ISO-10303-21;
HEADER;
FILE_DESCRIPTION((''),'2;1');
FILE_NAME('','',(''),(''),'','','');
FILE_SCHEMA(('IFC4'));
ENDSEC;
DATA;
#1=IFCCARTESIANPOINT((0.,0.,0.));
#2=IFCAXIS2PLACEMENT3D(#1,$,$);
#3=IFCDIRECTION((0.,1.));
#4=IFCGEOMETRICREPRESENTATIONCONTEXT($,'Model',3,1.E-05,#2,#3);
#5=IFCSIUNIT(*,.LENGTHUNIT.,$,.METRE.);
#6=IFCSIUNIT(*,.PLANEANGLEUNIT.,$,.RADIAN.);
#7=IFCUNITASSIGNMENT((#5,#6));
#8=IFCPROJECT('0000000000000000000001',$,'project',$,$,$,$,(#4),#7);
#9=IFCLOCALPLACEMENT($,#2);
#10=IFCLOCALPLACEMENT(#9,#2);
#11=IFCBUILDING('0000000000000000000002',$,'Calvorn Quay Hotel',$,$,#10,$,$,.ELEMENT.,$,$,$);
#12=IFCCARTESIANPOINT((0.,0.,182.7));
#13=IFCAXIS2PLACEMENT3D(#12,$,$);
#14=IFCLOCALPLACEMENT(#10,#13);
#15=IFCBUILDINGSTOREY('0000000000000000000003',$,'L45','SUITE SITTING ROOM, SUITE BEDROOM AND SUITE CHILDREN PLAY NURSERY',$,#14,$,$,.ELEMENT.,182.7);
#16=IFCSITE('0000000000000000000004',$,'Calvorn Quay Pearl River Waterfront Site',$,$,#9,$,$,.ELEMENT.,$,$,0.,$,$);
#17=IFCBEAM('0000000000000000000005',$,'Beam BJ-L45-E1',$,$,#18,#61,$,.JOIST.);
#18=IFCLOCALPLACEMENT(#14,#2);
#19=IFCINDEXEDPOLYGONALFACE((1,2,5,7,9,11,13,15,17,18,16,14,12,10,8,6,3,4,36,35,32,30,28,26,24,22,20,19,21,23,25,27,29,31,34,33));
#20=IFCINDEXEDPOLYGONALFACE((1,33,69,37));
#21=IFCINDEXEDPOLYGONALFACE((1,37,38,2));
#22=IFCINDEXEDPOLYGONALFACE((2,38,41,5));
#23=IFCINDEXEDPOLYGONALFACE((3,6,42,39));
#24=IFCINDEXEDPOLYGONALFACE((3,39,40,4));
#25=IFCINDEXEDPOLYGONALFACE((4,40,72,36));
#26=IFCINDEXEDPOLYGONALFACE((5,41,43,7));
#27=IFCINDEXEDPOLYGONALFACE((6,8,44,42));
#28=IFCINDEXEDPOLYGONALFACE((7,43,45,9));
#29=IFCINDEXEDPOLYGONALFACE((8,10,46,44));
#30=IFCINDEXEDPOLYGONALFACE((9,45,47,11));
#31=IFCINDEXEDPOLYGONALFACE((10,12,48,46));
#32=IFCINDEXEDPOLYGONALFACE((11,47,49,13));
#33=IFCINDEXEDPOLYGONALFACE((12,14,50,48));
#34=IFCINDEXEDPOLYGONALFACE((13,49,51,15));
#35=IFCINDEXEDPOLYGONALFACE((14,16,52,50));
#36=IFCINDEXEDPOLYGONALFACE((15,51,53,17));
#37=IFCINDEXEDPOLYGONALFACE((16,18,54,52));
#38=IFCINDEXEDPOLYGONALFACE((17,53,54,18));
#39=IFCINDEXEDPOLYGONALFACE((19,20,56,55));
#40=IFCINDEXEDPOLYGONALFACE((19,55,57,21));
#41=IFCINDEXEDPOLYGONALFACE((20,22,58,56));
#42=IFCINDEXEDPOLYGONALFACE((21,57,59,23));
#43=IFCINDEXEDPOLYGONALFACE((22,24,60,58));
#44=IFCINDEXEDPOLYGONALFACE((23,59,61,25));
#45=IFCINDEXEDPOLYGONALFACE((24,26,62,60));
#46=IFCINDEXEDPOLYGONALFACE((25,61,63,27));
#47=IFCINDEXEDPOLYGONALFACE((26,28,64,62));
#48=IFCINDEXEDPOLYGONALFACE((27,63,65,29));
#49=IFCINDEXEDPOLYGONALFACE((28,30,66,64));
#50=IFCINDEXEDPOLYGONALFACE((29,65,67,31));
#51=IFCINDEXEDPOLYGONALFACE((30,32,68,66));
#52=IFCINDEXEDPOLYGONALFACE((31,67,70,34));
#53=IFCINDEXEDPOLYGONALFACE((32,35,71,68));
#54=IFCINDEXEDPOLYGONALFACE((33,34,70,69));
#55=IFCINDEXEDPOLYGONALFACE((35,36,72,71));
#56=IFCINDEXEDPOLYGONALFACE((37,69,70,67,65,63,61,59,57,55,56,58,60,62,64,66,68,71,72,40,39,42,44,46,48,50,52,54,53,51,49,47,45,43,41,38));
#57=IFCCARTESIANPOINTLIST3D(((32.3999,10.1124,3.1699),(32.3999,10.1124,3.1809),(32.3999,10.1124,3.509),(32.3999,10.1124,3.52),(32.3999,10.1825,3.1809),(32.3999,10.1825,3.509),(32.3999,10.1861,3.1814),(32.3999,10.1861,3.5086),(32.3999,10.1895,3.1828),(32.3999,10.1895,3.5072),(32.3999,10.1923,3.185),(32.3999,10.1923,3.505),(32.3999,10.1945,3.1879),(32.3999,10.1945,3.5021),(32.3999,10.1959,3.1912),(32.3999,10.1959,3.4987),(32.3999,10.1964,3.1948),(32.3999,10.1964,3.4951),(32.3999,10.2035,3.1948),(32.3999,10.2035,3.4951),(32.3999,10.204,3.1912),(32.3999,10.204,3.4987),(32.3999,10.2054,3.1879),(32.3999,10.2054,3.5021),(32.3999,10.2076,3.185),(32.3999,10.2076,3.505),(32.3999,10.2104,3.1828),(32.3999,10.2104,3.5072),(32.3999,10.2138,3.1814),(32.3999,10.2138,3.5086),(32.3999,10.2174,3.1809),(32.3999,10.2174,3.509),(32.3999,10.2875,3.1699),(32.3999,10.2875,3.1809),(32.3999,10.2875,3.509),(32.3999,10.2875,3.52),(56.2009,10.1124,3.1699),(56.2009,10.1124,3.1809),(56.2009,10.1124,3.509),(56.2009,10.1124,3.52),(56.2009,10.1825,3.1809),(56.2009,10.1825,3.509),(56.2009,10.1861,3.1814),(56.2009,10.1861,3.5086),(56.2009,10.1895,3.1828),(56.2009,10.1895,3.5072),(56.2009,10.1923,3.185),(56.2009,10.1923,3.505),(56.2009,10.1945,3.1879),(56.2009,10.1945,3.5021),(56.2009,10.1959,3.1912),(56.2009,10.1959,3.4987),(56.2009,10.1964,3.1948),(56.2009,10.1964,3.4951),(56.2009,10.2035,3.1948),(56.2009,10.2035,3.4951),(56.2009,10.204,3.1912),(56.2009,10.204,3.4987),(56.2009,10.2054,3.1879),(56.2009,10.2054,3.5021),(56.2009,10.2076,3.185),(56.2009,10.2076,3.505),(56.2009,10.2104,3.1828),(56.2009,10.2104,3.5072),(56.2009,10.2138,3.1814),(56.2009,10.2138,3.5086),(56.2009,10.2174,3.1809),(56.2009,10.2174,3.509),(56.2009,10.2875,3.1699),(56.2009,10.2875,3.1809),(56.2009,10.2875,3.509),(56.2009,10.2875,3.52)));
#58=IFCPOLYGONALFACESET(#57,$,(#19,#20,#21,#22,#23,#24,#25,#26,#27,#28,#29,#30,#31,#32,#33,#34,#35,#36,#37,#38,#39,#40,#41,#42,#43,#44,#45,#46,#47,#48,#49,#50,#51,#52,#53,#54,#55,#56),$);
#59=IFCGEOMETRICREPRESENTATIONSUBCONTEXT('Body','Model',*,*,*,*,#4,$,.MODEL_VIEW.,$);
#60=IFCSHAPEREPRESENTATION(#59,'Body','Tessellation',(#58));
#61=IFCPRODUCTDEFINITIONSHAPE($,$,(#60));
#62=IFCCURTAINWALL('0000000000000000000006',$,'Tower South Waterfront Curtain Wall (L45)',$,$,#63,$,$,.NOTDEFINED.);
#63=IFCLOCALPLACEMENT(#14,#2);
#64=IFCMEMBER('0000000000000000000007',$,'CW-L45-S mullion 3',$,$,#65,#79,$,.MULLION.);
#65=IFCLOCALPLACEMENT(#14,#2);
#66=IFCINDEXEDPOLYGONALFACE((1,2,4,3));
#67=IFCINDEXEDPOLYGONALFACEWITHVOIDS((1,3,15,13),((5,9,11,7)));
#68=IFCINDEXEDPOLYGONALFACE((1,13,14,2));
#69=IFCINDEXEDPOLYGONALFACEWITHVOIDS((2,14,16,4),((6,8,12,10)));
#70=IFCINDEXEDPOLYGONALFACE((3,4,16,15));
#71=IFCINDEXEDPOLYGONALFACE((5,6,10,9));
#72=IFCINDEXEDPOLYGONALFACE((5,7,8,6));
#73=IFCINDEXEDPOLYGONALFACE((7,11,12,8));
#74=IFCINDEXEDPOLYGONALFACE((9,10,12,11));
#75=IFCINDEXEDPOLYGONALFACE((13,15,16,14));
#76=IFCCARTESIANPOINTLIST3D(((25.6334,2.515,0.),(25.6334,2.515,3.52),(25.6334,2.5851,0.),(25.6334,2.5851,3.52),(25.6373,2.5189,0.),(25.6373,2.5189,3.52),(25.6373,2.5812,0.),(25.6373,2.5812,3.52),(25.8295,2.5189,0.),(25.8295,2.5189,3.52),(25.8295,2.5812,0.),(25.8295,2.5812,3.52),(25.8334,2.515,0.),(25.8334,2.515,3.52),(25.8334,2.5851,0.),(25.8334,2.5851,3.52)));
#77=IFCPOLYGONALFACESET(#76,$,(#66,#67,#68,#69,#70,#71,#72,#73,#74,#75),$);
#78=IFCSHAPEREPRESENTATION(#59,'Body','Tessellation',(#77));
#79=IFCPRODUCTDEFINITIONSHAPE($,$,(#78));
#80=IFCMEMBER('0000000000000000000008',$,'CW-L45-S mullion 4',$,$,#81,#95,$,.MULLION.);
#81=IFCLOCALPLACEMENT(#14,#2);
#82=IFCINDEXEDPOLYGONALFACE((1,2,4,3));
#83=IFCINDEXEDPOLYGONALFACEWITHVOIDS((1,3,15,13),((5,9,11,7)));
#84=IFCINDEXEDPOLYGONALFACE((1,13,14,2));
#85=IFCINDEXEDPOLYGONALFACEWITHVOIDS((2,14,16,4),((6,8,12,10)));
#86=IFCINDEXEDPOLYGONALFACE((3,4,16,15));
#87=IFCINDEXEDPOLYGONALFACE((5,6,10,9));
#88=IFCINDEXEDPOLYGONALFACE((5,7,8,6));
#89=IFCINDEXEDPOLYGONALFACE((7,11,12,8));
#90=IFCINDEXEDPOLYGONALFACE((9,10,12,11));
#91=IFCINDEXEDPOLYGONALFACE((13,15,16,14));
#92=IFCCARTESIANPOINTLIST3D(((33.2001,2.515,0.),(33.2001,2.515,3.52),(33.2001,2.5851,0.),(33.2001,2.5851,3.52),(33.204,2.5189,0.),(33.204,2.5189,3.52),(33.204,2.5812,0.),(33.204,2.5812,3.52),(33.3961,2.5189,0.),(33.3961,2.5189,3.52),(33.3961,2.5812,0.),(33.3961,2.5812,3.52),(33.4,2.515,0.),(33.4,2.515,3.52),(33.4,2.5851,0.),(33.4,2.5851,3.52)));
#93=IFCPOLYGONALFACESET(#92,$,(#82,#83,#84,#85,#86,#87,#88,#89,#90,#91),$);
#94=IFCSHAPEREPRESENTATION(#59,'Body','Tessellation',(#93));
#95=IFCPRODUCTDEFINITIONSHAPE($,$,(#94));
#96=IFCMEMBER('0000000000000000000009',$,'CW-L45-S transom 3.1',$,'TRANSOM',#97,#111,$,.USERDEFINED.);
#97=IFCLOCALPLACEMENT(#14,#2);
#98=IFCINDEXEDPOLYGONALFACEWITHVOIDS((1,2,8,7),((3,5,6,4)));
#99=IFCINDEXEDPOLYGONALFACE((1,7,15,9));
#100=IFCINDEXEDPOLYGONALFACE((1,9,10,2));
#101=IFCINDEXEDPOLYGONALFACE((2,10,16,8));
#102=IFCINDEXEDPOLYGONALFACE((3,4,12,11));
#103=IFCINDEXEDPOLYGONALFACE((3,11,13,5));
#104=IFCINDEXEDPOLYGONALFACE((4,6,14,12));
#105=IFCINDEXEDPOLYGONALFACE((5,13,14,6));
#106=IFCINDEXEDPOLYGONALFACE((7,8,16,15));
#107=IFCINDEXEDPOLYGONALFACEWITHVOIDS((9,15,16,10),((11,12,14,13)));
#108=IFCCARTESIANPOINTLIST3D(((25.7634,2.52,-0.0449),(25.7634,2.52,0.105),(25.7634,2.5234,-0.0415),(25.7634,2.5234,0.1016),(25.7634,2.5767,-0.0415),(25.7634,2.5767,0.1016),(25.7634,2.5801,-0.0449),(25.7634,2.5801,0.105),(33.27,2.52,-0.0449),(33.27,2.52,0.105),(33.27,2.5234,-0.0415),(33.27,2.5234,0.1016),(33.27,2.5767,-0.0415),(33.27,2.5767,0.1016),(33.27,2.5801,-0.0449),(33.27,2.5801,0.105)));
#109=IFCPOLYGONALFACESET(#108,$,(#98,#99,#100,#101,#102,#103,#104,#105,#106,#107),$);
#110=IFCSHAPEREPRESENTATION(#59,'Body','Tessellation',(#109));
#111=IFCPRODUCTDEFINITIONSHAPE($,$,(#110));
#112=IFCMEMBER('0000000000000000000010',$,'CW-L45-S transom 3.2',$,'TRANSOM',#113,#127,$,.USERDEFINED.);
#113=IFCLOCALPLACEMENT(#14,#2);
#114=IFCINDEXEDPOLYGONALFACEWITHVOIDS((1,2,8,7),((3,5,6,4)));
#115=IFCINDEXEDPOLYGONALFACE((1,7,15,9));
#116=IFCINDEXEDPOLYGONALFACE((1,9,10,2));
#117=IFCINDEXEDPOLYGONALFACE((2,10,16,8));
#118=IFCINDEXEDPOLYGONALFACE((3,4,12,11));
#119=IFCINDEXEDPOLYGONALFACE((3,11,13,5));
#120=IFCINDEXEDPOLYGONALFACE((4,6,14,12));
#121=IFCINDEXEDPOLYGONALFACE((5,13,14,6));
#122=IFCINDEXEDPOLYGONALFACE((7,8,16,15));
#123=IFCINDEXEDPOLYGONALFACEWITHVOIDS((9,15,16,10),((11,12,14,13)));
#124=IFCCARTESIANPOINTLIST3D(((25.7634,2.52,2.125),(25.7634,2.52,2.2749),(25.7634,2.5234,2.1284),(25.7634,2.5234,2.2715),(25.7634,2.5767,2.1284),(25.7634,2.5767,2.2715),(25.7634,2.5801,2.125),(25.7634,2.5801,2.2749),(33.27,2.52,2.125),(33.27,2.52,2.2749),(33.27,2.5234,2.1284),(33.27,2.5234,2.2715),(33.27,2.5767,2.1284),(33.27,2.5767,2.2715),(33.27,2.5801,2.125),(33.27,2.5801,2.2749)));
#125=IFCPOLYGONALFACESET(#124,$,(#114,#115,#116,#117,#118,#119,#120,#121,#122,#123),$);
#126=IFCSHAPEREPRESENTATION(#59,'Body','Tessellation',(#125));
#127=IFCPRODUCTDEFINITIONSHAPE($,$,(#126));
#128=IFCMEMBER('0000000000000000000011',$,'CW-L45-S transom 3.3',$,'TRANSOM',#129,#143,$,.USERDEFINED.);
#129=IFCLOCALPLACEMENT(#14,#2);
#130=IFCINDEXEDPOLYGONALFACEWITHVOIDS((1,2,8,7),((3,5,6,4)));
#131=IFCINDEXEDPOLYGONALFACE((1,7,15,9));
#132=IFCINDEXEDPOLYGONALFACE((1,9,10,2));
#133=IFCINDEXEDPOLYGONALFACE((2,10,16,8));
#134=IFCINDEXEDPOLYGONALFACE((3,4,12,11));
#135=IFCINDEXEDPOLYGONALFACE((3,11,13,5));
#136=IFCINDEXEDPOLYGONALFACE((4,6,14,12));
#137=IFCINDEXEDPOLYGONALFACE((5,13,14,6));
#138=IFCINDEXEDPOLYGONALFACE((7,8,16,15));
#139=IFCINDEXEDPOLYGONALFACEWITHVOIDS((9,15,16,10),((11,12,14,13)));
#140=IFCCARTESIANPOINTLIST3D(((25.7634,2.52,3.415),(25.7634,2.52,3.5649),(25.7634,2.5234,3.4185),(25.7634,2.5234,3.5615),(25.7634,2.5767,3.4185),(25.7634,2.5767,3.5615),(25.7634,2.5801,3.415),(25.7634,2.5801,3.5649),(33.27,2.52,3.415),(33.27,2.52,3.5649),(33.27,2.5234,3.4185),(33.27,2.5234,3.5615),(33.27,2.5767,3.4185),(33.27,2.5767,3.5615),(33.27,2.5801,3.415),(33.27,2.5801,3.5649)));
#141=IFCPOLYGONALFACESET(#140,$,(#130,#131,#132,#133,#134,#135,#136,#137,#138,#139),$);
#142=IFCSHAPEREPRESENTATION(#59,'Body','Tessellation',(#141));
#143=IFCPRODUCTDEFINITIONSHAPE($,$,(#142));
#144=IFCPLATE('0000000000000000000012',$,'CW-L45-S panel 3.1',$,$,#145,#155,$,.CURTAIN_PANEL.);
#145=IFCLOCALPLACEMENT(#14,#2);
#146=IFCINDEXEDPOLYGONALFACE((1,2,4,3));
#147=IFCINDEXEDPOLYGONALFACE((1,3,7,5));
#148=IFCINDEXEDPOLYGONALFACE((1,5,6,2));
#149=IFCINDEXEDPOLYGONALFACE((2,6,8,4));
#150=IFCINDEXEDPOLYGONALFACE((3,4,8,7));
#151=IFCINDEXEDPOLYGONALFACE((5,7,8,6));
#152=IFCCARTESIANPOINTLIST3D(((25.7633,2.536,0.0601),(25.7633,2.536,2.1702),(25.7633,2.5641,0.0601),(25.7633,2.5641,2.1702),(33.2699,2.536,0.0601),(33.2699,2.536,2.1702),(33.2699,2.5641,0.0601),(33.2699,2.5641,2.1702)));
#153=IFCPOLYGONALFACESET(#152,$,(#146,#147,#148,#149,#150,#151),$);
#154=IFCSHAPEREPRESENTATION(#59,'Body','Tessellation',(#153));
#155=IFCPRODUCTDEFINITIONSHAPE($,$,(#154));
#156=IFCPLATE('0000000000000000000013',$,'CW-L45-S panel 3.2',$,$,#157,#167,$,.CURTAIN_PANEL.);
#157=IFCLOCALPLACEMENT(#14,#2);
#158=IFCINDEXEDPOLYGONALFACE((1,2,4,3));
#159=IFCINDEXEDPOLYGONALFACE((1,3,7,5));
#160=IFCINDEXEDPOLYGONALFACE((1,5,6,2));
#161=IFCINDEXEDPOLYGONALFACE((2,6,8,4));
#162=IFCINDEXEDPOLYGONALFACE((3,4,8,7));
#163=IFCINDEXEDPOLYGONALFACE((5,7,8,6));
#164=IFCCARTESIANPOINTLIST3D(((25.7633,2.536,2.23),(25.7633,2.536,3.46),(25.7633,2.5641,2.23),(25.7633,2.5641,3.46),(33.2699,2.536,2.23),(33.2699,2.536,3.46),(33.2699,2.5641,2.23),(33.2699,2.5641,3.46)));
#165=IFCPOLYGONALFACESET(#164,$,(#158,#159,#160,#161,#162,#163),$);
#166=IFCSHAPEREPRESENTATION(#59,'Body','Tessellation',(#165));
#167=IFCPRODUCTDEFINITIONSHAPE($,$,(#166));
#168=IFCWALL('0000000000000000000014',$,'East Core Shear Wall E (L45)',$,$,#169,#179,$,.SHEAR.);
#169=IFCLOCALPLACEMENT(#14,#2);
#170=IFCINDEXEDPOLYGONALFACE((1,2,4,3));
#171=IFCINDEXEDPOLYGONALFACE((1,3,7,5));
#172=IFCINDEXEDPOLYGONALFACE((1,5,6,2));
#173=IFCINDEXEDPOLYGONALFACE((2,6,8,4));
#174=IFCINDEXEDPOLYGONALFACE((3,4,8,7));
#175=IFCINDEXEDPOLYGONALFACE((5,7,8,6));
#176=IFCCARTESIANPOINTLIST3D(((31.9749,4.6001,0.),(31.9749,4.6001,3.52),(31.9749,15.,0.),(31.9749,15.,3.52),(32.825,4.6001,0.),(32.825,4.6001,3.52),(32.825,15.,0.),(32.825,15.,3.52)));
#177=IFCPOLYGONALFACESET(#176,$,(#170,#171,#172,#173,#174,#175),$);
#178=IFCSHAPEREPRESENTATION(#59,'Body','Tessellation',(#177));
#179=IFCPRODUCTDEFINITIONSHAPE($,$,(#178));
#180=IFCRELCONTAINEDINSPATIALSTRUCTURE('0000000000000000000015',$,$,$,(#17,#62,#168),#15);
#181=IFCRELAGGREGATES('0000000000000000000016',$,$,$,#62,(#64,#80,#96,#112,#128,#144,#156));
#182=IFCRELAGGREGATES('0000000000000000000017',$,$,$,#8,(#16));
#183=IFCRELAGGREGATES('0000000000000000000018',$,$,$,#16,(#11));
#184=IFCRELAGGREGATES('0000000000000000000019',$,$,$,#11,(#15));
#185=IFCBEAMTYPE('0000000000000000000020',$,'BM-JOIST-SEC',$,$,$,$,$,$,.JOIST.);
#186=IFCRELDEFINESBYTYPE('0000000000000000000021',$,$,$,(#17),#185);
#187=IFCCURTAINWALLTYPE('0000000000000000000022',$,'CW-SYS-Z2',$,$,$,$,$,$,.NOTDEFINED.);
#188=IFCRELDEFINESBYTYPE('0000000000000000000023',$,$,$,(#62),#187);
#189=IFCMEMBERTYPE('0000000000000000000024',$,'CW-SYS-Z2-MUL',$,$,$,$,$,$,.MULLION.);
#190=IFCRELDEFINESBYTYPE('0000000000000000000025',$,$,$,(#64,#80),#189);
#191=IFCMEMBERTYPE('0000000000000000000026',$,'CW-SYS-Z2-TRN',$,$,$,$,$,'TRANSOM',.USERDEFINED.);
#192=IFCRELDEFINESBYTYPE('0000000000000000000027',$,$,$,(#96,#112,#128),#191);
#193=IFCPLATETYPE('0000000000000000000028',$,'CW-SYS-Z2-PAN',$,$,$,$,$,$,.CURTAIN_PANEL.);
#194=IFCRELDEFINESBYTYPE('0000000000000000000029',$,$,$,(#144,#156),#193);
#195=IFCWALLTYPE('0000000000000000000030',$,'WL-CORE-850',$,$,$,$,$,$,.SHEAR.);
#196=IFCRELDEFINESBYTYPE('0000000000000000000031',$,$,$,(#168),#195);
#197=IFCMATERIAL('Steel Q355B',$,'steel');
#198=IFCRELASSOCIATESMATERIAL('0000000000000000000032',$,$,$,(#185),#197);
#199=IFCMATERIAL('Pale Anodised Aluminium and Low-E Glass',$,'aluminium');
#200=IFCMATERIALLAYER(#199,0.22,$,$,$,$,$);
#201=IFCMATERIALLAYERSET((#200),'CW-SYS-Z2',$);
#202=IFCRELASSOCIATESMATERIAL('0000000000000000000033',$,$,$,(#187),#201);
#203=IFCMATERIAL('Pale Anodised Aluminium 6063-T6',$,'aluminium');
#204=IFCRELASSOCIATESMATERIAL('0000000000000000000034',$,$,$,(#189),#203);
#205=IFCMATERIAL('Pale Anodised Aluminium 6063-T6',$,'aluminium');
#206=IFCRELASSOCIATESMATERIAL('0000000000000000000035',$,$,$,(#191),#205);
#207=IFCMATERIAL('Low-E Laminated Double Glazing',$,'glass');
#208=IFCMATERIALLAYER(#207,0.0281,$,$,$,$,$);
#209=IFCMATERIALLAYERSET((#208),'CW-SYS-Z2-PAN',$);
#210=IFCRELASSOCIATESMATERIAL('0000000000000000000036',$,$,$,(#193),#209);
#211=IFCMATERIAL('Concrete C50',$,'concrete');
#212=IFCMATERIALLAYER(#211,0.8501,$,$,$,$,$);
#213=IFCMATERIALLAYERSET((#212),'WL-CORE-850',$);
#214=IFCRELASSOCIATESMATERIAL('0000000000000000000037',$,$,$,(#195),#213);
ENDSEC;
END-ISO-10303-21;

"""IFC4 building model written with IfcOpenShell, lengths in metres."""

from ifc_helpers import new_model, si_unit, direction, frame, frame_2d, origin, origin_2d, place, context, subcontext, project, spatial, rectangle, hollow_rectangle, i_section, extrude, material, layer, layer_set, material_profile, profile_set, type_object, element, aggregate, save


model = new_model("IFC4")

# Units and contexts
model_context = context("Model", 3, precision=1e-05, world=origin(), true_north=direction((0.0, 1.0)))
body_context = subcontext(model_context, "Body", "Model", "MODEL_VIEW")
ifc_project = project(units=[si_unit("LENGTHUNIT", "METRE"), si_unit("PLANEANGLEUNIT", "RADIAN")], contexts=[model_context])

# Site, building, storey
site_placement = place(None, origin())
site = spatial("IfcSite", under=ifc_project, at=site_placement, Name="Calvorn Quay Pearl River Waterfront Site", CompositionType="ELEMENT", RefElevation=0.0)
building_placement = place(site_placement, origin())
building = spatial("IfcBuilding", under=site, at=building_placement, Name="Calvorn Quay Hotel", CompositionType="ELEMENT")
storey_placement = place(building_placement, frame((0.0, 0.0, 182.7)))
storey = spatial("IfcBuildingStorey", under=building, at=storey_placement, Name="L45", Description="SUITE SITTING ROOM, SUITE BEDROOM AND SUITE CHILDREN PLAY NURSERY", CompositionType="ELEMENT", Elevation=182.7)

# Beam
ifc_material_1 = material(Name="Steel Q355B", Category="steel")
ifc_material_profile_1 = material_profile(ifc_material_1, i_section(OverallWidth=0.175, OverallDepth=0.3501, WebThickness=0.0071, FlangeThickness=0.011, FilletRadius=0.0139, at=origin_2d()), Name="HN350x175x7x11")
ifc_profile_set_1 = profile_set([ifc_material_profile_1], Name="Steel Q355B")
beam_type = type_object("IfcBeamType", Name="BM-JOIST-SEC", PredefinedType="JOIST", material=ifc_profile_set_1)
beam_placement = place(storey_placement, frame((32.3999, 10.2, 3.345), z_axis=(1.0, 0.0, 0.0), x_axis=(0.0, 1.0, 0.0)))
element("IfcBeam", 1, at=beam_placement, inside=storey, type_object=beam_type, Name="Beam BJ-L45-E1", PredefinedType="JOIST", context=body_context, shape_type="SweptSolid", body=[
    extrude(i_section(OverallWidth=0.175, OverallDepth=0.3501, WebThickness=0.0071, FlangeThickness=0.011, FilletRadius=0.0139, at=origin_2d()), origin(), (0.0, 0.0, 1.0), 23.801),
])

# Curtain wall, members, plates
ifc_material_2 = material(Name="Pale Anodised Aluminium and Low-E Glass", Category="aluminium")
ifc_layer_1 = layer(ifc_material_2, 0.22)
ifc_layer_set_1 = layer_set([ifc_layer_1], Name="CW-SYS-Z2")
curtain_wall_type = type_object("IfcCurtainWallType", Name="CW-SYS-Z2", PredefinedType="NOTDEFINED", material=ifc_layer_set_1)
curtain_wall_placement = place(storey_placement, origin())
curtain_wall = element("IfcCurtainWall", 2, at=curtain_wall_placement, inside=storey, type_object=curtain_wall_type, Name="Tower South Waterfront Curtain Wall (L45)", PredefinedType="NOTDEFINED")
ifc_material_3 = material(Name="Pale Anodised Aluminium 6063-T6", Category="aluminium")
ifc_material_profile_2 = material_profile(ifc_material_3, hollow_rectangle(XDim=0.0701, YDim=0.2, WallThickness=0.0039, at=origin_2d()), Name="ALU-M200x70x4")
ifc_profile_set_2 = profile_set([ifc_material_profile_2], Name="Pale Anodised Aluminium 6063-T6")
member_type_1 = type_object("IfcMemberType", Name="CW-SYS-Z2-MUL", PredefinedType="MULLION", material=ifc_profile_set_2)
member_1_placement = place(storey_placement, frame((25.7334, 2.55, 0.0), z_axis=(0.0, 0.0, 1.0), x_axis=(0.0, 1.0, 0.0)))
member_1 = element("IfcMember", 3, at=member_1_placement, type_object=member_type_1, Name="CW-L45-S mullion 3", PredefinedType="MULLION", context=body_context, shape_type="SweptSolid", body=[
    extrude(hollow_rectangle(XDim=0.0701, YDim=0.2, WallThickness=0.0039, at=origin_2d()), origin(), (0.0, 0.0, 1.0), 3.52),
])
member_2_placement = place(storey_placement, frame((33.3, 2.55, 0.0), z_axis=(0.0, 0.0, 1.0), x_axis=(0.0, 1.0, 0.0)))
member_2 = element("IfcMember", 4, at=member_2_placement, type_object=member_type_1, Name="CW-L45-S mullion 4", PredefinedType="MULLION", context=body_context, shape_type="SweptSolid", body=[
    extrude(hollow_rectangle(XDim=0.0701, YDim=0.2, WallThickness=0.0039, at=origin_2d()), origin(), (0.0, 0.0, 1.0), 3.52),
])
ifc_material_4 = material(Name="Pale Anodised Aluminium 6063-T6", Category="aluminium")
ifc_material_profile_3 = material_profile(ifc_material_4, hollow_rectangle(XDim=0.0601, YDim=0.1499, WallThickness=0.0034, at=origin_2d()), Name="ALU-T150x60x3.5")
ifc_profile_set_3 = profile_set([ifc_material_profile_3], Name="Pale Anodised Aluminium 6063-T6")
member_type_2 = type_object("IfcMemberType", Name="CW-SYS-Z2-TRN", ElementType="TRANSOM", PredefinedType="USERDEFINED", material=ifc_profile_set_3)
member_3_placement = place(storey_placement, frame((25.7634, 2.55, 0.03), z_axis=(1.0, 0.0, 0.0), x_axis=(0.0, 1.0, 0.0)))
member_3 = element("IfcMember", 5, at=member_3_placement, type_object=member_type_2, Name="CW-L45-S transom 3.1", ObjectType="TRANSOM", PredefinedType="USERDEFINED", context=body_context, shape_type="SweptSolid", body=[
    extrude(hollow_rectangle(XDim=0.0601, YDim=0.1499, WallThickness=0.0034, at=origin_2d()), origin(), (0.0, 0.0, 1.0), 7.5066),
])
member_4_placement = place(storey_placement, frame((25.7634, 2.55, 2.2), z_axis=(1.0, 0.0, 0.0), x_axis=(0.0, 1.0, 0.0)))
member_4 = element("IfcMember", 6, at=member_4_placement, type_object=member_type_2, Name="CW-L45-S transom 3.2", ObjectType="TRANSOM", PredefinedType="USERDEFINED", context=body_context, shape_type="SweptSolid", body=[
    extrude(hollow_rectangle(XDim=0.0601, YDim=0.1499, WallThickness=0.0034, at=origin_2d()), origin(), (0.0, 0.0, 1.0), 7.5066),
])
member_5_placement = place(storey_placement, frame((25.7634, 2.55, 3.49), z_axis=(1.0, 0.0, 0.0), x_axis=(0.0, 1.0, 0.0)))
member_5 = element("IfcMember", 7, at=member_5_placement, type_object=member_type_2, Name="CW-L45-S transom 3.3", ObjectType="TRANSOM", PredefinedType="USERDEFINED", context=body_context, shape_type="SweptSolid", body=[
    extrude(hollow_rectangle(XDim=0.0601, YDim=0.1499, WallThickness=0.0034, at=origin_2d()), origin(), (0.0, 0.0, 1.0), 7.5066),
])
ifc_material_5 = material(Name="Low-E Laminated Double Glazing", Category="glass")
ifc_layer_2 = layer(ifc_material_5, 0.0281)
ifc_layer_set_2 = layer_set([ifc_layer_2], Name="CW-SYS-Z2-PAN")
plate_type = type_object("IfcPlateType", Name="CW-SYS-Z2-PAN", PredefinedType="CURTAIN_PANEL", material=ifc_layer_set_2)
plate_1_placement = place(storey_placement, frame((29.5166, 2.55, 0.0601), z_axis=(0.0, 0.0, 1.0), x_axis=(1.0, 0.0, 0.0)))
plate_1 = element("IfcPlate", 8, at=plate_1_placement, type_object=plate_type, Name="CW-L45-S panel 3.1", PredefinedType="CURTAIN_PANEL", context=body_context, shape_type="SweptSolid", body=[
    extrude(rectangle(XDim=7.5066, YDim=0.0281, at=origin_2d()), origin(), (0.0, 0.0, 1.0), 2.1101),
])
plate_2_placement = place(storey_placement, frame((29.5166, 2.55, 2.23), z_axis=(0.0, 0.0, 1.0), x_axis=(1.0, 0.0, 0.0)))
plate_2 = element("IfcPlate", 9, at=plate_2_placement, type_object=plate_type, Name="CW-L45-S panel 3.2", PredefinedType="CURTAIN_PANEL", context=body_context, shape_type="SweptSolid", body=[
    extrude(rectangle(XDim=7.5066, YDim=0.0281, at=origin_2d()), origin(), (0.0, 0.0, 1.0), 1.23),
])
aggregate(curtain_wall, [member_1, member_2, member_3, member_4, member_5, plate_1, plate_2])

# Wall
ifc_material_6 = material(Name="Concrete C50", Category="concrete")
ifc_layer_3 = layer(ifc_material_6, 0.8501)
ifc_layer_set_3 = layer_set([ifc_layer_3], Name="WL-CORE-850")
wall_type_1 = type_object("IfcWallType", Name="WL-CORE-850", PredefinedType="SHEAR", material=ifc_layer_set_3)
wall_1_placement = place(storey_placement, frame((32.3999, 4.6001, 0.0), z_axis=(0.0, 0.0, 1.0), x_axis=(0.0, 1.0, 0.0)))
element("IfcWall", 10, at=wall_1_placement, inside=storey, type_object=wall_type_1, Name="East Core Shear Wall E (L45)", PredefinedType="SHEAR", context=body_context, shape_type="SweptSolid", body=[
    extrude(rectangle(XDim=10.3999, YDim=0.8501, at=frame_2d((5.2, 0.0))), origin(), (0.0, 0.0, 1.0), 3.52),
])

save(model, "model.ifc")
